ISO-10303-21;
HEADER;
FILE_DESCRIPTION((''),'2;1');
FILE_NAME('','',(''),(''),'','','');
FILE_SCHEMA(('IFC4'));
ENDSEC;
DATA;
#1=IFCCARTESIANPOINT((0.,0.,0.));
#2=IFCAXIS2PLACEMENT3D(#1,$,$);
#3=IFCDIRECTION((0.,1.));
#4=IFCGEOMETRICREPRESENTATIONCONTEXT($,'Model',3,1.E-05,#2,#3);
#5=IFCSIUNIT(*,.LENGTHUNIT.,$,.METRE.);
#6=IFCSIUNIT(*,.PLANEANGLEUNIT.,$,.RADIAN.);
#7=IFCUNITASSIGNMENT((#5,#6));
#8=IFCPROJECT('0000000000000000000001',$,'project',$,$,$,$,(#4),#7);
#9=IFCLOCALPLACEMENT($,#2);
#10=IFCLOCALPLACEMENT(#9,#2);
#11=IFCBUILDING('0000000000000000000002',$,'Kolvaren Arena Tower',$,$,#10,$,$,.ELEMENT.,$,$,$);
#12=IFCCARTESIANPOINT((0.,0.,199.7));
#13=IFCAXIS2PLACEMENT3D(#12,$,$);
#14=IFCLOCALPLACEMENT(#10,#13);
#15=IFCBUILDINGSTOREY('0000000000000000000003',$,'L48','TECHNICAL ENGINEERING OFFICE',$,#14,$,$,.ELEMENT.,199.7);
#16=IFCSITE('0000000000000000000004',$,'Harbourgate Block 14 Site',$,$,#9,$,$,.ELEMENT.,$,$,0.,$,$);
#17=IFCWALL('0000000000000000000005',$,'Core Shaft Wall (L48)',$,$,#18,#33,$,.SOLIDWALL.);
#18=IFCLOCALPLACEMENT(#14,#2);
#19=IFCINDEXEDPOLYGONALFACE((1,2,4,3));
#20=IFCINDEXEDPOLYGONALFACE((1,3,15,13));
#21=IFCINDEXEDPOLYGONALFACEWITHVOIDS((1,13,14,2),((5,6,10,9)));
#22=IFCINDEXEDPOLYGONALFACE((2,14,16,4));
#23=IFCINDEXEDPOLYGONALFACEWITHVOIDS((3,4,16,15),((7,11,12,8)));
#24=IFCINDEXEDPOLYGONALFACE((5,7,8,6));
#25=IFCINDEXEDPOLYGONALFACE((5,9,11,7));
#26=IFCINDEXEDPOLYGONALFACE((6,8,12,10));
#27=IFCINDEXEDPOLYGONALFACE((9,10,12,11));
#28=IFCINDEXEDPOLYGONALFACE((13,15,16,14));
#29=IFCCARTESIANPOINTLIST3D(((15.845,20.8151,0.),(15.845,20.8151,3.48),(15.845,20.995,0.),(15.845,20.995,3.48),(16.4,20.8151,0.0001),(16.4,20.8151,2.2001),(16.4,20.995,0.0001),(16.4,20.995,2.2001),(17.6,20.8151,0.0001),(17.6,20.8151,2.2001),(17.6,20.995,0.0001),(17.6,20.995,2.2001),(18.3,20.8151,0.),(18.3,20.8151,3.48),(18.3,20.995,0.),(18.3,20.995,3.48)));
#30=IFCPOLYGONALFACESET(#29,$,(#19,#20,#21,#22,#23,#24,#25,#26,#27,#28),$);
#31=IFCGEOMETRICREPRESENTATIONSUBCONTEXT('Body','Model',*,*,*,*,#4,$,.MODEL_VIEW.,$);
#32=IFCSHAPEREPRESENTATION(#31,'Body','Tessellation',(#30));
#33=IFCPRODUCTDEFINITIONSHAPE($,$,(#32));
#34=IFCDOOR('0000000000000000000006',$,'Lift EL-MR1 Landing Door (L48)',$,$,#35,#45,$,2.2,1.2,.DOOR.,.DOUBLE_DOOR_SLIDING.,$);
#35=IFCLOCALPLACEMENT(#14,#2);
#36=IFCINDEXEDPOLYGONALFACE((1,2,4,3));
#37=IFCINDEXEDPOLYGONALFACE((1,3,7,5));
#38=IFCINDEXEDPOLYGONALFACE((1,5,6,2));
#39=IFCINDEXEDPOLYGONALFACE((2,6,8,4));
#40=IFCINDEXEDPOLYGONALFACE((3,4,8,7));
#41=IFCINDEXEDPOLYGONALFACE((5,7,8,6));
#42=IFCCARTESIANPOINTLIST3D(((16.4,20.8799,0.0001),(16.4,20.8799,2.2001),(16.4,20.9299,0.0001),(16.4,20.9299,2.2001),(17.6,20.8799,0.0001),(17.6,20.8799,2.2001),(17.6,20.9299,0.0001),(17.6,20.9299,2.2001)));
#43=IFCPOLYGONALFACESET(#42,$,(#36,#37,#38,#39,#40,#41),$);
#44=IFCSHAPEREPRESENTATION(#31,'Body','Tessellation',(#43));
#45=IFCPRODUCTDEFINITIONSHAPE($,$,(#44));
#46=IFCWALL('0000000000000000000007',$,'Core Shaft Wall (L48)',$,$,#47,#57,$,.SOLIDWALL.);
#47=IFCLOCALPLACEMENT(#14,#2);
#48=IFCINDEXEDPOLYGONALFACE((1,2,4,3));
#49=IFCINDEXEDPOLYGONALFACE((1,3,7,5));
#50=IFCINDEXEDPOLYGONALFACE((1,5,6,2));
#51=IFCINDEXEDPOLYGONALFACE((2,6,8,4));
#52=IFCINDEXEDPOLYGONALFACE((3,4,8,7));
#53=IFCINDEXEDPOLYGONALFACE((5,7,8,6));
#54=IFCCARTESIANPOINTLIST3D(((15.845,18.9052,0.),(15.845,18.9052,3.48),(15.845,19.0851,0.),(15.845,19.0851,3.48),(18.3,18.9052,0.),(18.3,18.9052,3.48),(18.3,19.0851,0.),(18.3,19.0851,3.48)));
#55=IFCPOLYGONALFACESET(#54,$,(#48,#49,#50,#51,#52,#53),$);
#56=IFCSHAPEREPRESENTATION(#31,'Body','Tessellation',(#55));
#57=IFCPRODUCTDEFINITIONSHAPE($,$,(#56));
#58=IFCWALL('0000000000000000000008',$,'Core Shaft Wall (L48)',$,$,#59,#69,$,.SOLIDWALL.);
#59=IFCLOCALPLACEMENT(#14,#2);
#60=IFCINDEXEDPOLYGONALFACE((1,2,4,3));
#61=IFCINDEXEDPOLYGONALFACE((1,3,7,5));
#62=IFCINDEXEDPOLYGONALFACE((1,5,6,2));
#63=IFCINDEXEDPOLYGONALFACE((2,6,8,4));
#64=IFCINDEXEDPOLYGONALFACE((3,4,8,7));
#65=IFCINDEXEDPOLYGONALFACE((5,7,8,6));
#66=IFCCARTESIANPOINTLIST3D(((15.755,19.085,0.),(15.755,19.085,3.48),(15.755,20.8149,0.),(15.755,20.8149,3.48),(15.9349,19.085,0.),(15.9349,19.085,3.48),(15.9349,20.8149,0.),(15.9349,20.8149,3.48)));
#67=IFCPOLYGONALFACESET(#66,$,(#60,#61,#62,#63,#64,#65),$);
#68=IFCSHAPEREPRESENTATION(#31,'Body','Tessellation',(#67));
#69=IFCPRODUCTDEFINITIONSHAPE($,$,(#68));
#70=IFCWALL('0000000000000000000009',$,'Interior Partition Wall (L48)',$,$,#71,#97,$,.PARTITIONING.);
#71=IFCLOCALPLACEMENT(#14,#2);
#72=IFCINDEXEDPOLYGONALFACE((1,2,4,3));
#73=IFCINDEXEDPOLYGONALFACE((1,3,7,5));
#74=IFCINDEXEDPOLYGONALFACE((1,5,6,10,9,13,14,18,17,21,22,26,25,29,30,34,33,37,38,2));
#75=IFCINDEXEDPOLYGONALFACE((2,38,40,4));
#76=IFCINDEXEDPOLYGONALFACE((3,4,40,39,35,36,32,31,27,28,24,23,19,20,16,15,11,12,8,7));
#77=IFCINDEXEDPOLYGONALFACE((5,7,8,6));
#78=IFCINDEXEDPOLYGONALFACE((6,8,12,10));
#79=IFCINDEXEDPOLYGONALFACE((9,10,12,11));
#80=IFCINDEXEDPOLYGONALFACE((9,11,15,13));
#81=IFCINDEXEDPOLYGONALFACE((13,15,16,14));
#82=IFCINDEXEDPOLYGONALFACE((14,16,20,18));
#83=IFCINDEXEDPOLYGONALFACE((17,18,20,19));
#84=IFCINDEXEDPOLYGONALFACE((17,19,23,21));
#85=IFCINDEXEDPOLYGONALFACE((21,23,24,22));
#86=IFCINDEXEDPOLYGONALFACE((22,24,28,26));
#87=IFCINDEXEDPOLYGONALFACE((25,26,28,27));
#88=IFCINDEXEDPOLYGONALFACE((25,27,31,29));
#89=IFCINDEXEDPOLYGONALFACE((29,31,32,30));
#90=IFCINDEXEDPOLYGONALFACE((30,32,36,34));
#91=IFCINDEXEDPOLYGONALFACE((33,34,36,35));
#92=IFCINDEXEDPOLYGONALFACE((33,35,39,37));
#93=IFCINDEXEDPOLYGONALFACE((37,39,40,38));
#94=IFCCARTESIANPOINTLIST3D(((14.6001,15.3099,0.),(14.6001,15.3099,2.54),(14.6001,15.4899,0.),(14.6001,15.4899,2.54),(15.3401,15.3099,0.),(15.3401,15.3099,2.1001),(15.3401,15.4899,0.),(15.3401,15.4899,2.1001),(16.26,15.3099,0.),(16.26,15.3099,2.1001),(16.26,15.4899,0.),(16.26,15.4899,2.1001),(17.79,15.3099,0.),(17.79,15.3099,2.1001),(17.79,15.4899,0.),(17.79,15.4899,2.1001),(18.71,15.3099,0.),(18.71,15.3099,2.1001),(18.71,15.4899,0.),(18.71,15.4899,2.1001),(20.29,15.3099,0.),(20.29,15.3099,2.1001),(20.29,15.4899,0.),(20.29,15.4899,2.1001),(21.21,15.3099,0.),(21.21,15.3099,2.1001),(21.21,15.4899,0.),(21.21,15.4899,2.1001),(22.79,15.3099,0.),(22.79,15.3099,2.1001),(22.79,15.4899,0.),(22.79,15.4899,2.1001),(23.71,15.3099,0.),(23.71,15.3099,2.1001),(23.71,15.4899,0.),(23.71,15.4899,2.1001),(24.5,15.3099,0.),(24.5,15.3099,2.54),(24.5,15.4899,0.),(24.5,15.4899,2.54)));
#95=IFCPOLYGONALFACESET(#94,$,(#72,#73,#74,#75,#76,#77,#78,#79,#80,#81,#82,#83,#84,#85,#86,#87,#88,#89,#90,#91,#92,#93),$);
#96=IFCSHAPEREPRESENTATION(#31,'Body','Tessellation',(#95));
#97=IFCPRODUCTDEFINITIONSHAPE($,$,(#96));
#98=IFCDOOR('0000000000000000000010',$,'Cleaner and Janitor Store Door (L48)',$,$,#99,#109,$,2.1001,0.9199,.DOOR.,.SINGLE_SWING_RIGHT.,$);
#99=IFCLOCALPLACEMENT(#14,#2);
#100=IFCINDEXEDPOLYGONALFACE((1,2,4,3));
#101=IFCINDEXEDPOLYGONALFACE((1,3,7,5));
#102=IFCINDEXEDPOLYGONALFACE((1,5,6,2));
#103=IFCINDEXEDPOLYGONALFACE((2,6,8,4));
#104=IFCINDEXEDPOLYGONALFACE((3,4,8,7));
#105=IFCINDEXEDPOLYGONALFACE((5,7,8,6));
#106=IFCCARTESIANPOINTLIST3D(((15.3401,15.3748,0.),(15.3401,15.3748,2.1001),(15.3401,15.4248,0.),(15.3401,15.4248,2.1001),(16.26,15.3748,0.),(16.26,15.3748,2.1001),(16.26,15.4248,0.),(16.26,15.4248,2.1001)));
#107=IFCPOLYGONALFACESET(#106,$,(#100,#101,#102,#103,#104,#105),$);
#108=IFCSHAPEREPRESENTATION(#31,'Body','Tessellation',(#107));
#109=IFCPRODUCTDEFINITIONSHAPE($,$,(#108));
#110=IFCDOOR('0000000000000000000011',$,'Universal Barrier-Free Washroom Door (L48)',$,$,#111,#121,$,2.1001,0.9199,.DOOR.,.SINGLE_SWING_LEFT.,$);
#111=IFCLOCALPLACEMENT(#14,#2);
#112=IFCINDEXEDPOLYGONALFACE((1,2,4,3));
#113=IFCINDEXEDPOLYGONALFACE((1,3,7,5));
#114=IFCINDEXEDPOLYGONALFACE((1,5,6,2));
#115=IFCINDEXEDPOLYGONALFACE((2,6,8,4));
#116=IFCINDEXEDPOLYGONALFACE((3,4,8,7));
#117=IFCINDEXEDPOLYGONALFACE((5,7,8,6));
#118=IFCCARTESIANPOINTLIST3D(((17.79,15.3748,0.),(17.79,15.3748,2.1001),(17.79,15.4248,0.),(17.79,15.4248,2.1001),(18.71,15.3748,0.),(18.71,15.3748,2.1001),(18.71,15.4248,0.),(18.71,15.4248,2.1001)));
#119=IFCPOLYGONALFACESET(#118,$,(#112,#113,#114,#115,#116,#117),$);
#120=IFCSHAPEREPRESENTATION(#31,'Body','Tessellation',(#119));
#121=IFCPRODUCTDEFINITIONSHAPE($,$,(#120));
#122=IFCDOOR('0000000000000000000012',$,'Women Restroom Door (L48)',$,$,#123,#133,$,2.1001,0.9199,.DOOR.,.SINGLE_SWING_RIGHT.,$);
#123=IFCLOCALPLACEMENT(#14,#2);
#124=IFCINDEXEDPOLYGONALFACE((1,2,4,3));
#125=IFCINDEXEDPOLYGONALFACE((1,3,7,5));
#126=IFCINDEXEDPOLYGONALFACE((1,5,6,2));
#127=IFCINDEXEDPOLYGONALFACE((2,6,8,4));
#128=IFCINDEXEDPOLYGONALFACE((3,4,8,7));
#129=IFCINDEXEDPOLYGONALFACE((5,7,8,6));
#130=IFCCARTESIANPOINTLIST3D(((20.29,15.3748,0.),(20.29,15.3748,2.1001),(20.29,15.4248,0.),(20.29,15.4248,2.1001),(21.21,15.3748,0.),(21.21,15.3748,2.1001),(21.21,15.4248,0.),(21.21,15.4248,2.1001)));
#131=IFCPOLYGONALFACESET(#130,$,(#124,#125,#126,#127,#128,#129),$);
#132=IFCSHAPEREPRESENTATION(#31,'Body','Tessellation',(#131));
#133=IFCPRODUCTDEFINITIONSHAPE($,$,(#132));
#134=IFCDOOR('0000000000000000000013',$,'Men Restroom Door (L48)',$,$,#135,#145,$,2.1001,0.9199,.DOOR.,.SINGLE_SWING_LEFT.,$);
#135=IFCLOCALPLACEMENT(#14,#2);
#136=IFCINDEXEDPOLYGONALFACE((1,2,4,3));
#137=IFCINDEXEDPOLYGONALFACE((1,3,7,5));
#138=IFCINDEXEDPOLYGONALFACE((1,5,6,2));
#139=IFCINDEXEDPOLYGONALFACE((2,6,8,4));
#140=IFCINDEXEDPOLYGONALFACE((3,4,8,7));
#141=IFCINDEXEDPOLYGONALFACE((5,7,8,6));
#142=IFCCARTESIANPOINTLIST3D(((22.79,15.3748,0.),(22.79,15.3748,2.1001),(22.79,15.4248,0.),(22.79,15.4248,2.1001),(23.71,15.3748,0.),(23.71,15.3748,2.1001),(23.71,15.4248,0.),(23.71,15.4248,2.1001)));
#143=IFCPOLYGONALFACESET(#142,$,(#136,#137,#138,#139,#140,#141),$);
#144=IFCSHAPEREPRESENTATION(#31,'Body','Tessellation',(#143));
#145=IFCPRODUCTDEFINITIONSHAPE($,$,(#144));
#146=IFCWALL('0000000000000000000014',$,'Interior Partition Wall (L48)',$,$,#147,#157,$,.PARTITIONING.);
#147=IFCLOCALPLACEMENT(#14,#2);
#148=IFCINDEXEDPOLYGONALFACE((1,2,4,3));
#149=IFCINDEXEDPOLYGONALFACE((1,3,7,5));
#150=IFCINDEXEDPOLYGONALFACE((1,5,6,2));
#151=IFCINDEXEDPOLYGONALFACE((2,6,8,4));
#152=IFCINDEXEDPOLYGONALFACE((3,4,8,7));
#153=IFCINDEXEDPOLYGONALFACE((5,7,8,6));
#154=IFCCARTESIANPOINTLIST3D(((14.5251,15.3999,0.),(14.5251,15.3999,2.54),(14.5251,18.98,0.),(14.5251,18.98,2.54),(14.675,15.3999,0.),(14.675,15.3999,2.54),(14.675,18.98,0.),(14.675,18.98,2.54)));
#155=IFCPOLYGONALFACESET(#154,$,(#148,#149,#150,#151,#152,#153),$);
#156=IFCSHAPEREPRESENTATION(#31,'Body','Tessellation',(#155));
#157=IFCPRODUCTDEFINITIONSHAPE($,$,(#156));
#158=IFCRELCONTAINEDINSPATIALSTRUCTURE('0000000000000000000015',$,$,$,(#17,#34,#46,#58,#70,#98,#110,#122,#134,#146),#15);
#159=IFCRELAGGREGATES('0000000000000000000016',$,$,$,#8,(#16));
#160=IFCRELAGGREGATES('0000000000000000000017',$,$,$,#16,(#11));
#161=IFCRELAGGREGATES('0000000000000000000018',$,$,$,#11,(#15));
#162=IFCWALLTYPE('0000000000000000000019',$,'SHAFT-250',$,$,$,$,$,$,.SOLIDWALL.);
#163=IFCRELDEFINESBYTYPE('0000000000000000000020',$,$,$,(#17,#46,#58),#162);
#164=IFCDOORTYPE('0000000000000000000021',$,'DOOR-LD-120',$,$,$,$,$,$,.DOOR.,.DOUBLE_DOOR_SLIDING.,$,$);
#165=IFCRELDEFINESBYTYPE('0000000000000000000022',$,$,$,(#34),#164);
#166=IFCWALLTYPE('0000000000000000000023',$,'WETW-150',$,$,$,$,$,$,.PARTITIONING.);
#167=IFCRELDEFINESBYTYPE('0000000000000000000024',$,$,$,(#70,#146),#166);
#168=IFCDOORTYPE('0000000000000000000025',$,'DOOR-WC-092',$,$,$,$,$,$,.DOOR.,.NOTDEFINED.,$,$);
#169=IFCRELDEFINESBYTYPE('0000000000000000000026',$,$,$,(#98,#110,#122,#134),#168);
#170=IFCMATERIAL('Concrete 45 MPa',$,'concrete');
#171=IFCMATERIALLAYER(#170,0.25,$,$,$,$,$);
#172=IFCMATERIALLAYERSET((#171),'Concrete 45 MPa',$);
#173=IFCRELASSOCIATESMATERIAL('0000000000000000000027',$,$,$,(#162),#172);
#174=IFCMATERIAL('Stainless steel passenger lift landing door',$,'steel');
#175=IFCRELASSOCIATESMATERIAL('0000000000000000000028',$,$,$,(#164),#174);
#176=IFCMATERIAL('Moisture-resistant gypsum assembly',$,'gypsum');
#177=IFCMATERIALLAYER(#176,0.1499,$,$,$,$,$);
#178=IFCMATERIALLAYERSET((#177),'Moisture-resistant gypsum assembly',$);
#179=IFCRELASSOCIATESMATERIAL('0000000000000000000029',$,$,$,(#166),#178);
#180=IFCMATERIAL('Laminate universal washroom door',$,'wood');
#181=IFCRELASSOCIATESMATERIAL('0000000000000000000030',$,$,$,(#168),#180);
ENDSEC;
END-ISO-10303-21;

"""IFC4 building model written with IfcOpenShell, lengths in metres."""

from ifc_helpers import new_model, si_unit, direction, frame, frame_2d, origin, place, context, subcontext, project, spatial, rectangle, extrude, material, layer, layer_set, type_object, element, fill, save


model = new_model("IFC4")

# Units and contexts
model_context = context("Model", 3, precision=1e-05, world=origin(), true_north=direction((0.0, 1.0)))
body_context = subcontext(model_context, "Body", "Model", "MODEL_VIEW")
ifc_project = project(units=[si_unit("LENGTHUNIT", "METRE"), si_unit("PLANEANGLEUNIT", "RADIAN")], contexts=[model_context])

# Site, building, storey
site_placement = place(None, origin())
site = spatial("IfcSite", under=ifc_project, at=site_placement, Name="Harbourgate Block 14 Site", CompositionType="ELEMENT", RefElevation=0.0)
building_placement = place(site_placement, origin())
building = spatial("IfcBuilding", under=site, at=building_placement, Name="Kolvaren Arena Tower", CompositionType="ELEMENT")
storey_placement = place(building_placement, frame((0.0, 0.0, 199.7)))
storey = spatial("IfcBuildingStorey", under=building, at=storey_placement, Name="L48", Description="TECHNICAL ENGINEERING OFFICE", CompositionType="ELEMENT", Elevation=199.7)

# Wall, opening, door
ifc_material_1 = material(Name="Concrete 45 MPa", Category="concrete")
ifc_layer_1 = layer(ifc_material_1, 0.25)
ifc_layer_set_1 = layer_set([ifc_layer_1], Name="Concrete 45 MPa")
wall_type_1 = type_object("IfcWallType", Name="SHAFT-250", PredefinedType="SOLIDWALL", material=ifc_layer_set_1)
wall_1_placement = place(storey_placement, frame((15.845, 20.905, 0.0), z_axis=(0.0, 0.0, 1.0), x_axis=(1.0, 0.0, 0.0)))
wall_1 = element("IfcWall", 1, at=wall_1_placement, inside=storey, type_object=wall_type_1, Name="Core Shaft Wall (L48)", PredefinedType="SOLIDWALL", context=body_context, shape_type="SweptSolid", body=[
    extrude(rectangle(XDim=2.4551, YDim=0.1799, at=frame_2d((1.2275, 0.0))), origin(), (0.0, 0.0, 1.0), 3.48),
])
opening_1_placement = place(wall_1_placement, frame((0.5549, 0.0, 0.0)))
opening_1 = element("IfcOpeningElement", 2, at=opening_1_placement, cuts=wall_1, PredefinedType="OPENING", context=body_context, shape_type="SweptSolid", body=[
    extrude(rectangle(XDim=1.2, YDim=2.2, at=frame_2d((0.6001, 1.1001))), frame((0.0, 0.0999, 0.0), z_axis=(0.0, -1.0, 0.0), x_axis=(1.0, 0.0, 0.0)), (0.0, 0.0, 1.0), 0.2),
])
ifc_material_2 = material(Name="Stainless steel passenger lift landing door", Category="steel")
door_type_1 = type_object("IfcDoorType", Name="DOOR-LD-120", OperationType="DOUBLE_DOOR_SLIDING", PredefinedType="DOOR", material=ifc_material_2)
door_1_placement = place(opening_1_placement, origin())
door_1 = element("IfcDoor", 3, at=door_1_placement, inside=storey, type_object=door_type_1, Name="Lift EL-MR1 Landing Door (L48)", OperationType="DOUBLE_DOOR_SLIDING", OverallHeight=2.2, OverallWidth=1.2, PredefinedType="DOOR", context=body_context, shape_type="SweptSolid", body=[
    extrude(rectangle(XDim=1.2, YDim=2.2, at=frame_2d((0.6001, 1.1001))), frame((0.0, 0.0249, 0.0), z_axis=(0.0, -1.0, 0.0), x_axis=(1.0, 0.0, 0.0)), (0.0, 0.0, 1.0), 0.05),
])
fill(opening_1, door_1)

# Walls
wall_2_placement = place(storey_placement, frame((15.845, 18.9951, 0.0), z_axis=(0.0, 0.0, 1.0), x_axis=(1.0, 0.0, 0.0)))
element("IfcWall", 4, at=wall_2_placement, inside=storey, type_object=wall_type_1, Name="Core Shaft Wall (L48)", PredefinedType="SOLIDWALL", context=body_context, shape_type="SweptSolid", body=[
    extrude(rectangle(XDim=2.4551, YDim=0.1799, at=frame_2d((1.2275, 0.0))), origin(), (0.0, 0.0, 1.0), 3.48),
])
wall_3_placement = place(storey_placement, frame((15.845, 19.085, 0.0), z_axis=(0.0, 0.0, 1.0), x_axis=(0.0, 1.0, 0.0)))
element("IfcWall", 5, at=wall_3_placement, inside=storey, type_object=wall_type_1, Name="Core Shaft Wall (L48)", PredefinedType="SOLIDWALL", context=body_context, shape_type="SweptSolid", body=[
    extrude(rectangle(XDim=1.73, YDim=0.1799, at=frame_2d((0.865, 0.0))), origin(), (0.0, 0.0, 1.0), 3.48),
])

# Wall, openings, doors
ifc_material_3 = material(Name="Moisture-resistant gypsum assembly", Category="gypsum")
ifc_layer_2 = layer(ifc_material_3, 0.1499)
ifc_layer_set_2 = layer_set([ifc_layer_2], Name="Moisture-resistant gypsum assembly")
wall_type_2 = type_object("IfcWallType", Name="WETW-150", PredefinedType="PARTITIONING", material=ifc_layer_set_2)
wall_4_placement = place(storey_placement, frame((14.6001, 15.3999, 0.0), z_axis=(0.0, 0.0, 1.0), x_axis=(1.0, 0.0, 0.0)))
wall_4 = element("IfcWall", 6, at=wall_4_placement, inside=storey, type_object=wall_type_2, Name="Interior Partition Wall (L48)", PredefinedType="PARTITIONING", context=body_context, shape_type="SweptSolid", body=[
    extrude(rectangle(XDim=9.8999, YDim=0.1799, at=frame_2d((4.95, 0.0))), origin(), (0.0, 0.0, 1.0), 2.54),
])
opening_2_placement = place(wall_4_placement, frame((0.74, 0.0, 0.0)))
opening_2 = element("IfcOpeningElement", 7, at=opening_2_placement, cuts=wall_4, PredefinedType="OPENING", context=body_context, shape_type="SweptSolid", body=[
    extrude(rectangle(XDim=0.9199, YDim=2.1001, at=frame_2d((0.46, 1.05))), frame((0.0, 0.0999, 0.0), z_axis=(0.0, -1.0, 0.0), x_axis=(1.0, 0.0, 0.0)), (0.0, 0.0, 1.0), 0.2),
])
opening_3_placement = place(wall_4_placement, frame((3.1899, 0.0, 0.0)))
opening_3 = element("IfcOpeningElement", 8, at=opening_3_placement, cuts=wall_4, PredefinedType="OPENING", context=body_context, shape_type="SweptSolid", body=[
    extrude(rectangle(XDim=0.9199, YDim=2.1001, at=frame_2d((0.46, 1.05))), frame((0.0, 0.0999, 0.0), z_axis=(0.0, -1.0, 0.0), x_axis=(1.0, 0.0, 0.0)), (0.0, 0.0, 1.0), 0.2),
])
opening_4_placement = place(wall_4_placement, frame((5.6899, 0.0, 0.0)))
opening_4 = element("IfcOpeningElement", 9, at=opening_4_placement, cuts=wall_4, PredefinedType="OPENING", context=body_context, shape_type="SweptSolid", body=[
    extrude(rectangle(XDim=0.9199, YDim=2.1001, at=frame_2d((0.46, 1.05))), frame((0.0, 0.0999, 0.0), z_axis=(0.0, -1.0, 0.0), x_axis=(1.0, 0.0, 0.0)), (0.0, 0.0, 1.0), 0.2),
])
opening_5_placement = place(wall_4_placement, frame((8.1899, 0.0, 0.0)))
opening_5 = element("IfcOpeningElement", 10, at=opening_5_placement, cuts=wall_4, PredefinedType="OPENING", context=body_context, shape_type="SweptSolid", body=[
    extrude(rectangle(XDim=0.9199, YDim=2.1001, at=frame_2d((0.46, 1.05))), frame((0.0, 0.0999, 0.0), z_axis=(0.0, -1.0, 0.0), x_axis=(1.0, 0.0, 0.0)), (0.0, 0.0, 1.0), 0.2),
])
ifc_material_4 = material(Name="Laminate universal washroom door", Category="wood")
door_type_2 = type_object("IfcDoorType", Name="DOOR-WC-092", OperationType="NOTDEFINED", PredefinedType="DOOR", material=ifc_material_4)
door_2_placement = place(opening_2_placement, origin())
door_2 = element("IfcDoor", 11, at=door_2_placement, inside=storey, type_object=door_type_2, Name="Cleaner and Janitor Store Door (L48)", OperationType="SINGLE_SWING_RIGHT", OverallHeight=2.1001, OverallWidth=0.9199, PredefinedType="DOOR", context=body_context, shape_type="SweptSolid", body=[
    extrude(rectangle(XDim=0.9199, YDim=2.1001, at=frame_2d((0.46, 1.05))), frame((0.0, 0.0249, 0.0), z_axis=(0.0, -1.0, 0.0), x_axis=(1.0, 0.0, 0.0)), (0.0, 0.0, 1.0), 0.05),
])
fill(opening_2, door_2)
door_3_placement = place(opening_3_placement, origin())
door_3 = element("IfcDoor", 12, at=door_3_placement, inside=storey, type_object=door_type_2, Name="Universal Barrier-Free Washroom Door (L48)", OperationType="SINGLE_SWING_LEFT", OverallHeight=2.1001, OverallWidth=0.9199, PredefinedType="DOOR", context=body_context, shape_type="SweptSolid", body=[
    extrude(rectangle(XDim=0.9199, YDim=2.1001, at=frame_2d((0.46, 1.05))), frame((0.0, 0.0249, 0.0), z_axis=(0.0, -1.0, 0.0), x_axis=(1.0, 0.0, 0.0)), (0.0, 0.0, 1.0), 0.05),
])
fill(opening_3, door_3)
door_4_placement = place(opening_4_placement, origin())
door_4 = element("IfcDoor", 13, at=door_4_placement, inside=storey, type_object=door_type_2, Name="Women Restroom Door (L48)", OperationType="SINGLE_SWING_RIGHT", OverallHeight=2.1001, OverallWidth=0.9199, PredefinedType="DOOR", context=body_context, shape_type="SweptSolid", body=[
    extrude(rectangle(XDim=0.9199, YDim=2.1001, at=frame_2d((0.46, 1.05))), frame((0.0, 0.0249, 0.0), z_axis=(0.0, -1.0, 0.0), x_axis=(1.0, 0.0, 0.0)), (0.0, 0.0, 1.0), 0.05),
])
fill(opening_4, door_4)
door_5_placement = place(opening_5_placement, origin())
door_5 = element("IfcDoor", 14, at=door_5_placement, inside=storey, type_object=door_type_2, Name="Men Restroom Door (L48)", OperationType="SINGLE_SWING_LEFT", OverallHeight=2.1001, OverallWidth=0.9199, PredefinedType="DOOR", context=body_context, shape_type="SweptSolid", body=[
    extrude(rectangle(XDim=0.9199, YDim=2.1001, at=frame_2d((0.46, 1.05))), frame((0.0, 0.0249, 0.0), z_axis=(0.0, -1.0, 0.0), x_axis=(1.0, 0.0, 0.0)), (0.0, 0.0, 1.0), 0.05),
])
fill(opening_5, door_5)

# Wall
wall_5_placement = place(storey_placement, frame((14.6001, 15.3999, 0.0), z_axis=(0.0, 0.0, 1.0), x_axis=(0.0, 1.0, 0.0)))
element("IfcWall", 15, at=wall_5_placement, inside=storey, type_object=wall_type_2, Name="Interior Partition Wall (L48)", PredefinedType="PARTITIONING", context=body_context, shape_type="SweptSolid", body=[
    extrude(rectangle(XDim=3.5801, YDim=0.1499, at=frame_2d((1.79, 0.0))), origin(), (0.0, 0.0, 1.0), 2.54),
])

save(model, "model.ifc")
